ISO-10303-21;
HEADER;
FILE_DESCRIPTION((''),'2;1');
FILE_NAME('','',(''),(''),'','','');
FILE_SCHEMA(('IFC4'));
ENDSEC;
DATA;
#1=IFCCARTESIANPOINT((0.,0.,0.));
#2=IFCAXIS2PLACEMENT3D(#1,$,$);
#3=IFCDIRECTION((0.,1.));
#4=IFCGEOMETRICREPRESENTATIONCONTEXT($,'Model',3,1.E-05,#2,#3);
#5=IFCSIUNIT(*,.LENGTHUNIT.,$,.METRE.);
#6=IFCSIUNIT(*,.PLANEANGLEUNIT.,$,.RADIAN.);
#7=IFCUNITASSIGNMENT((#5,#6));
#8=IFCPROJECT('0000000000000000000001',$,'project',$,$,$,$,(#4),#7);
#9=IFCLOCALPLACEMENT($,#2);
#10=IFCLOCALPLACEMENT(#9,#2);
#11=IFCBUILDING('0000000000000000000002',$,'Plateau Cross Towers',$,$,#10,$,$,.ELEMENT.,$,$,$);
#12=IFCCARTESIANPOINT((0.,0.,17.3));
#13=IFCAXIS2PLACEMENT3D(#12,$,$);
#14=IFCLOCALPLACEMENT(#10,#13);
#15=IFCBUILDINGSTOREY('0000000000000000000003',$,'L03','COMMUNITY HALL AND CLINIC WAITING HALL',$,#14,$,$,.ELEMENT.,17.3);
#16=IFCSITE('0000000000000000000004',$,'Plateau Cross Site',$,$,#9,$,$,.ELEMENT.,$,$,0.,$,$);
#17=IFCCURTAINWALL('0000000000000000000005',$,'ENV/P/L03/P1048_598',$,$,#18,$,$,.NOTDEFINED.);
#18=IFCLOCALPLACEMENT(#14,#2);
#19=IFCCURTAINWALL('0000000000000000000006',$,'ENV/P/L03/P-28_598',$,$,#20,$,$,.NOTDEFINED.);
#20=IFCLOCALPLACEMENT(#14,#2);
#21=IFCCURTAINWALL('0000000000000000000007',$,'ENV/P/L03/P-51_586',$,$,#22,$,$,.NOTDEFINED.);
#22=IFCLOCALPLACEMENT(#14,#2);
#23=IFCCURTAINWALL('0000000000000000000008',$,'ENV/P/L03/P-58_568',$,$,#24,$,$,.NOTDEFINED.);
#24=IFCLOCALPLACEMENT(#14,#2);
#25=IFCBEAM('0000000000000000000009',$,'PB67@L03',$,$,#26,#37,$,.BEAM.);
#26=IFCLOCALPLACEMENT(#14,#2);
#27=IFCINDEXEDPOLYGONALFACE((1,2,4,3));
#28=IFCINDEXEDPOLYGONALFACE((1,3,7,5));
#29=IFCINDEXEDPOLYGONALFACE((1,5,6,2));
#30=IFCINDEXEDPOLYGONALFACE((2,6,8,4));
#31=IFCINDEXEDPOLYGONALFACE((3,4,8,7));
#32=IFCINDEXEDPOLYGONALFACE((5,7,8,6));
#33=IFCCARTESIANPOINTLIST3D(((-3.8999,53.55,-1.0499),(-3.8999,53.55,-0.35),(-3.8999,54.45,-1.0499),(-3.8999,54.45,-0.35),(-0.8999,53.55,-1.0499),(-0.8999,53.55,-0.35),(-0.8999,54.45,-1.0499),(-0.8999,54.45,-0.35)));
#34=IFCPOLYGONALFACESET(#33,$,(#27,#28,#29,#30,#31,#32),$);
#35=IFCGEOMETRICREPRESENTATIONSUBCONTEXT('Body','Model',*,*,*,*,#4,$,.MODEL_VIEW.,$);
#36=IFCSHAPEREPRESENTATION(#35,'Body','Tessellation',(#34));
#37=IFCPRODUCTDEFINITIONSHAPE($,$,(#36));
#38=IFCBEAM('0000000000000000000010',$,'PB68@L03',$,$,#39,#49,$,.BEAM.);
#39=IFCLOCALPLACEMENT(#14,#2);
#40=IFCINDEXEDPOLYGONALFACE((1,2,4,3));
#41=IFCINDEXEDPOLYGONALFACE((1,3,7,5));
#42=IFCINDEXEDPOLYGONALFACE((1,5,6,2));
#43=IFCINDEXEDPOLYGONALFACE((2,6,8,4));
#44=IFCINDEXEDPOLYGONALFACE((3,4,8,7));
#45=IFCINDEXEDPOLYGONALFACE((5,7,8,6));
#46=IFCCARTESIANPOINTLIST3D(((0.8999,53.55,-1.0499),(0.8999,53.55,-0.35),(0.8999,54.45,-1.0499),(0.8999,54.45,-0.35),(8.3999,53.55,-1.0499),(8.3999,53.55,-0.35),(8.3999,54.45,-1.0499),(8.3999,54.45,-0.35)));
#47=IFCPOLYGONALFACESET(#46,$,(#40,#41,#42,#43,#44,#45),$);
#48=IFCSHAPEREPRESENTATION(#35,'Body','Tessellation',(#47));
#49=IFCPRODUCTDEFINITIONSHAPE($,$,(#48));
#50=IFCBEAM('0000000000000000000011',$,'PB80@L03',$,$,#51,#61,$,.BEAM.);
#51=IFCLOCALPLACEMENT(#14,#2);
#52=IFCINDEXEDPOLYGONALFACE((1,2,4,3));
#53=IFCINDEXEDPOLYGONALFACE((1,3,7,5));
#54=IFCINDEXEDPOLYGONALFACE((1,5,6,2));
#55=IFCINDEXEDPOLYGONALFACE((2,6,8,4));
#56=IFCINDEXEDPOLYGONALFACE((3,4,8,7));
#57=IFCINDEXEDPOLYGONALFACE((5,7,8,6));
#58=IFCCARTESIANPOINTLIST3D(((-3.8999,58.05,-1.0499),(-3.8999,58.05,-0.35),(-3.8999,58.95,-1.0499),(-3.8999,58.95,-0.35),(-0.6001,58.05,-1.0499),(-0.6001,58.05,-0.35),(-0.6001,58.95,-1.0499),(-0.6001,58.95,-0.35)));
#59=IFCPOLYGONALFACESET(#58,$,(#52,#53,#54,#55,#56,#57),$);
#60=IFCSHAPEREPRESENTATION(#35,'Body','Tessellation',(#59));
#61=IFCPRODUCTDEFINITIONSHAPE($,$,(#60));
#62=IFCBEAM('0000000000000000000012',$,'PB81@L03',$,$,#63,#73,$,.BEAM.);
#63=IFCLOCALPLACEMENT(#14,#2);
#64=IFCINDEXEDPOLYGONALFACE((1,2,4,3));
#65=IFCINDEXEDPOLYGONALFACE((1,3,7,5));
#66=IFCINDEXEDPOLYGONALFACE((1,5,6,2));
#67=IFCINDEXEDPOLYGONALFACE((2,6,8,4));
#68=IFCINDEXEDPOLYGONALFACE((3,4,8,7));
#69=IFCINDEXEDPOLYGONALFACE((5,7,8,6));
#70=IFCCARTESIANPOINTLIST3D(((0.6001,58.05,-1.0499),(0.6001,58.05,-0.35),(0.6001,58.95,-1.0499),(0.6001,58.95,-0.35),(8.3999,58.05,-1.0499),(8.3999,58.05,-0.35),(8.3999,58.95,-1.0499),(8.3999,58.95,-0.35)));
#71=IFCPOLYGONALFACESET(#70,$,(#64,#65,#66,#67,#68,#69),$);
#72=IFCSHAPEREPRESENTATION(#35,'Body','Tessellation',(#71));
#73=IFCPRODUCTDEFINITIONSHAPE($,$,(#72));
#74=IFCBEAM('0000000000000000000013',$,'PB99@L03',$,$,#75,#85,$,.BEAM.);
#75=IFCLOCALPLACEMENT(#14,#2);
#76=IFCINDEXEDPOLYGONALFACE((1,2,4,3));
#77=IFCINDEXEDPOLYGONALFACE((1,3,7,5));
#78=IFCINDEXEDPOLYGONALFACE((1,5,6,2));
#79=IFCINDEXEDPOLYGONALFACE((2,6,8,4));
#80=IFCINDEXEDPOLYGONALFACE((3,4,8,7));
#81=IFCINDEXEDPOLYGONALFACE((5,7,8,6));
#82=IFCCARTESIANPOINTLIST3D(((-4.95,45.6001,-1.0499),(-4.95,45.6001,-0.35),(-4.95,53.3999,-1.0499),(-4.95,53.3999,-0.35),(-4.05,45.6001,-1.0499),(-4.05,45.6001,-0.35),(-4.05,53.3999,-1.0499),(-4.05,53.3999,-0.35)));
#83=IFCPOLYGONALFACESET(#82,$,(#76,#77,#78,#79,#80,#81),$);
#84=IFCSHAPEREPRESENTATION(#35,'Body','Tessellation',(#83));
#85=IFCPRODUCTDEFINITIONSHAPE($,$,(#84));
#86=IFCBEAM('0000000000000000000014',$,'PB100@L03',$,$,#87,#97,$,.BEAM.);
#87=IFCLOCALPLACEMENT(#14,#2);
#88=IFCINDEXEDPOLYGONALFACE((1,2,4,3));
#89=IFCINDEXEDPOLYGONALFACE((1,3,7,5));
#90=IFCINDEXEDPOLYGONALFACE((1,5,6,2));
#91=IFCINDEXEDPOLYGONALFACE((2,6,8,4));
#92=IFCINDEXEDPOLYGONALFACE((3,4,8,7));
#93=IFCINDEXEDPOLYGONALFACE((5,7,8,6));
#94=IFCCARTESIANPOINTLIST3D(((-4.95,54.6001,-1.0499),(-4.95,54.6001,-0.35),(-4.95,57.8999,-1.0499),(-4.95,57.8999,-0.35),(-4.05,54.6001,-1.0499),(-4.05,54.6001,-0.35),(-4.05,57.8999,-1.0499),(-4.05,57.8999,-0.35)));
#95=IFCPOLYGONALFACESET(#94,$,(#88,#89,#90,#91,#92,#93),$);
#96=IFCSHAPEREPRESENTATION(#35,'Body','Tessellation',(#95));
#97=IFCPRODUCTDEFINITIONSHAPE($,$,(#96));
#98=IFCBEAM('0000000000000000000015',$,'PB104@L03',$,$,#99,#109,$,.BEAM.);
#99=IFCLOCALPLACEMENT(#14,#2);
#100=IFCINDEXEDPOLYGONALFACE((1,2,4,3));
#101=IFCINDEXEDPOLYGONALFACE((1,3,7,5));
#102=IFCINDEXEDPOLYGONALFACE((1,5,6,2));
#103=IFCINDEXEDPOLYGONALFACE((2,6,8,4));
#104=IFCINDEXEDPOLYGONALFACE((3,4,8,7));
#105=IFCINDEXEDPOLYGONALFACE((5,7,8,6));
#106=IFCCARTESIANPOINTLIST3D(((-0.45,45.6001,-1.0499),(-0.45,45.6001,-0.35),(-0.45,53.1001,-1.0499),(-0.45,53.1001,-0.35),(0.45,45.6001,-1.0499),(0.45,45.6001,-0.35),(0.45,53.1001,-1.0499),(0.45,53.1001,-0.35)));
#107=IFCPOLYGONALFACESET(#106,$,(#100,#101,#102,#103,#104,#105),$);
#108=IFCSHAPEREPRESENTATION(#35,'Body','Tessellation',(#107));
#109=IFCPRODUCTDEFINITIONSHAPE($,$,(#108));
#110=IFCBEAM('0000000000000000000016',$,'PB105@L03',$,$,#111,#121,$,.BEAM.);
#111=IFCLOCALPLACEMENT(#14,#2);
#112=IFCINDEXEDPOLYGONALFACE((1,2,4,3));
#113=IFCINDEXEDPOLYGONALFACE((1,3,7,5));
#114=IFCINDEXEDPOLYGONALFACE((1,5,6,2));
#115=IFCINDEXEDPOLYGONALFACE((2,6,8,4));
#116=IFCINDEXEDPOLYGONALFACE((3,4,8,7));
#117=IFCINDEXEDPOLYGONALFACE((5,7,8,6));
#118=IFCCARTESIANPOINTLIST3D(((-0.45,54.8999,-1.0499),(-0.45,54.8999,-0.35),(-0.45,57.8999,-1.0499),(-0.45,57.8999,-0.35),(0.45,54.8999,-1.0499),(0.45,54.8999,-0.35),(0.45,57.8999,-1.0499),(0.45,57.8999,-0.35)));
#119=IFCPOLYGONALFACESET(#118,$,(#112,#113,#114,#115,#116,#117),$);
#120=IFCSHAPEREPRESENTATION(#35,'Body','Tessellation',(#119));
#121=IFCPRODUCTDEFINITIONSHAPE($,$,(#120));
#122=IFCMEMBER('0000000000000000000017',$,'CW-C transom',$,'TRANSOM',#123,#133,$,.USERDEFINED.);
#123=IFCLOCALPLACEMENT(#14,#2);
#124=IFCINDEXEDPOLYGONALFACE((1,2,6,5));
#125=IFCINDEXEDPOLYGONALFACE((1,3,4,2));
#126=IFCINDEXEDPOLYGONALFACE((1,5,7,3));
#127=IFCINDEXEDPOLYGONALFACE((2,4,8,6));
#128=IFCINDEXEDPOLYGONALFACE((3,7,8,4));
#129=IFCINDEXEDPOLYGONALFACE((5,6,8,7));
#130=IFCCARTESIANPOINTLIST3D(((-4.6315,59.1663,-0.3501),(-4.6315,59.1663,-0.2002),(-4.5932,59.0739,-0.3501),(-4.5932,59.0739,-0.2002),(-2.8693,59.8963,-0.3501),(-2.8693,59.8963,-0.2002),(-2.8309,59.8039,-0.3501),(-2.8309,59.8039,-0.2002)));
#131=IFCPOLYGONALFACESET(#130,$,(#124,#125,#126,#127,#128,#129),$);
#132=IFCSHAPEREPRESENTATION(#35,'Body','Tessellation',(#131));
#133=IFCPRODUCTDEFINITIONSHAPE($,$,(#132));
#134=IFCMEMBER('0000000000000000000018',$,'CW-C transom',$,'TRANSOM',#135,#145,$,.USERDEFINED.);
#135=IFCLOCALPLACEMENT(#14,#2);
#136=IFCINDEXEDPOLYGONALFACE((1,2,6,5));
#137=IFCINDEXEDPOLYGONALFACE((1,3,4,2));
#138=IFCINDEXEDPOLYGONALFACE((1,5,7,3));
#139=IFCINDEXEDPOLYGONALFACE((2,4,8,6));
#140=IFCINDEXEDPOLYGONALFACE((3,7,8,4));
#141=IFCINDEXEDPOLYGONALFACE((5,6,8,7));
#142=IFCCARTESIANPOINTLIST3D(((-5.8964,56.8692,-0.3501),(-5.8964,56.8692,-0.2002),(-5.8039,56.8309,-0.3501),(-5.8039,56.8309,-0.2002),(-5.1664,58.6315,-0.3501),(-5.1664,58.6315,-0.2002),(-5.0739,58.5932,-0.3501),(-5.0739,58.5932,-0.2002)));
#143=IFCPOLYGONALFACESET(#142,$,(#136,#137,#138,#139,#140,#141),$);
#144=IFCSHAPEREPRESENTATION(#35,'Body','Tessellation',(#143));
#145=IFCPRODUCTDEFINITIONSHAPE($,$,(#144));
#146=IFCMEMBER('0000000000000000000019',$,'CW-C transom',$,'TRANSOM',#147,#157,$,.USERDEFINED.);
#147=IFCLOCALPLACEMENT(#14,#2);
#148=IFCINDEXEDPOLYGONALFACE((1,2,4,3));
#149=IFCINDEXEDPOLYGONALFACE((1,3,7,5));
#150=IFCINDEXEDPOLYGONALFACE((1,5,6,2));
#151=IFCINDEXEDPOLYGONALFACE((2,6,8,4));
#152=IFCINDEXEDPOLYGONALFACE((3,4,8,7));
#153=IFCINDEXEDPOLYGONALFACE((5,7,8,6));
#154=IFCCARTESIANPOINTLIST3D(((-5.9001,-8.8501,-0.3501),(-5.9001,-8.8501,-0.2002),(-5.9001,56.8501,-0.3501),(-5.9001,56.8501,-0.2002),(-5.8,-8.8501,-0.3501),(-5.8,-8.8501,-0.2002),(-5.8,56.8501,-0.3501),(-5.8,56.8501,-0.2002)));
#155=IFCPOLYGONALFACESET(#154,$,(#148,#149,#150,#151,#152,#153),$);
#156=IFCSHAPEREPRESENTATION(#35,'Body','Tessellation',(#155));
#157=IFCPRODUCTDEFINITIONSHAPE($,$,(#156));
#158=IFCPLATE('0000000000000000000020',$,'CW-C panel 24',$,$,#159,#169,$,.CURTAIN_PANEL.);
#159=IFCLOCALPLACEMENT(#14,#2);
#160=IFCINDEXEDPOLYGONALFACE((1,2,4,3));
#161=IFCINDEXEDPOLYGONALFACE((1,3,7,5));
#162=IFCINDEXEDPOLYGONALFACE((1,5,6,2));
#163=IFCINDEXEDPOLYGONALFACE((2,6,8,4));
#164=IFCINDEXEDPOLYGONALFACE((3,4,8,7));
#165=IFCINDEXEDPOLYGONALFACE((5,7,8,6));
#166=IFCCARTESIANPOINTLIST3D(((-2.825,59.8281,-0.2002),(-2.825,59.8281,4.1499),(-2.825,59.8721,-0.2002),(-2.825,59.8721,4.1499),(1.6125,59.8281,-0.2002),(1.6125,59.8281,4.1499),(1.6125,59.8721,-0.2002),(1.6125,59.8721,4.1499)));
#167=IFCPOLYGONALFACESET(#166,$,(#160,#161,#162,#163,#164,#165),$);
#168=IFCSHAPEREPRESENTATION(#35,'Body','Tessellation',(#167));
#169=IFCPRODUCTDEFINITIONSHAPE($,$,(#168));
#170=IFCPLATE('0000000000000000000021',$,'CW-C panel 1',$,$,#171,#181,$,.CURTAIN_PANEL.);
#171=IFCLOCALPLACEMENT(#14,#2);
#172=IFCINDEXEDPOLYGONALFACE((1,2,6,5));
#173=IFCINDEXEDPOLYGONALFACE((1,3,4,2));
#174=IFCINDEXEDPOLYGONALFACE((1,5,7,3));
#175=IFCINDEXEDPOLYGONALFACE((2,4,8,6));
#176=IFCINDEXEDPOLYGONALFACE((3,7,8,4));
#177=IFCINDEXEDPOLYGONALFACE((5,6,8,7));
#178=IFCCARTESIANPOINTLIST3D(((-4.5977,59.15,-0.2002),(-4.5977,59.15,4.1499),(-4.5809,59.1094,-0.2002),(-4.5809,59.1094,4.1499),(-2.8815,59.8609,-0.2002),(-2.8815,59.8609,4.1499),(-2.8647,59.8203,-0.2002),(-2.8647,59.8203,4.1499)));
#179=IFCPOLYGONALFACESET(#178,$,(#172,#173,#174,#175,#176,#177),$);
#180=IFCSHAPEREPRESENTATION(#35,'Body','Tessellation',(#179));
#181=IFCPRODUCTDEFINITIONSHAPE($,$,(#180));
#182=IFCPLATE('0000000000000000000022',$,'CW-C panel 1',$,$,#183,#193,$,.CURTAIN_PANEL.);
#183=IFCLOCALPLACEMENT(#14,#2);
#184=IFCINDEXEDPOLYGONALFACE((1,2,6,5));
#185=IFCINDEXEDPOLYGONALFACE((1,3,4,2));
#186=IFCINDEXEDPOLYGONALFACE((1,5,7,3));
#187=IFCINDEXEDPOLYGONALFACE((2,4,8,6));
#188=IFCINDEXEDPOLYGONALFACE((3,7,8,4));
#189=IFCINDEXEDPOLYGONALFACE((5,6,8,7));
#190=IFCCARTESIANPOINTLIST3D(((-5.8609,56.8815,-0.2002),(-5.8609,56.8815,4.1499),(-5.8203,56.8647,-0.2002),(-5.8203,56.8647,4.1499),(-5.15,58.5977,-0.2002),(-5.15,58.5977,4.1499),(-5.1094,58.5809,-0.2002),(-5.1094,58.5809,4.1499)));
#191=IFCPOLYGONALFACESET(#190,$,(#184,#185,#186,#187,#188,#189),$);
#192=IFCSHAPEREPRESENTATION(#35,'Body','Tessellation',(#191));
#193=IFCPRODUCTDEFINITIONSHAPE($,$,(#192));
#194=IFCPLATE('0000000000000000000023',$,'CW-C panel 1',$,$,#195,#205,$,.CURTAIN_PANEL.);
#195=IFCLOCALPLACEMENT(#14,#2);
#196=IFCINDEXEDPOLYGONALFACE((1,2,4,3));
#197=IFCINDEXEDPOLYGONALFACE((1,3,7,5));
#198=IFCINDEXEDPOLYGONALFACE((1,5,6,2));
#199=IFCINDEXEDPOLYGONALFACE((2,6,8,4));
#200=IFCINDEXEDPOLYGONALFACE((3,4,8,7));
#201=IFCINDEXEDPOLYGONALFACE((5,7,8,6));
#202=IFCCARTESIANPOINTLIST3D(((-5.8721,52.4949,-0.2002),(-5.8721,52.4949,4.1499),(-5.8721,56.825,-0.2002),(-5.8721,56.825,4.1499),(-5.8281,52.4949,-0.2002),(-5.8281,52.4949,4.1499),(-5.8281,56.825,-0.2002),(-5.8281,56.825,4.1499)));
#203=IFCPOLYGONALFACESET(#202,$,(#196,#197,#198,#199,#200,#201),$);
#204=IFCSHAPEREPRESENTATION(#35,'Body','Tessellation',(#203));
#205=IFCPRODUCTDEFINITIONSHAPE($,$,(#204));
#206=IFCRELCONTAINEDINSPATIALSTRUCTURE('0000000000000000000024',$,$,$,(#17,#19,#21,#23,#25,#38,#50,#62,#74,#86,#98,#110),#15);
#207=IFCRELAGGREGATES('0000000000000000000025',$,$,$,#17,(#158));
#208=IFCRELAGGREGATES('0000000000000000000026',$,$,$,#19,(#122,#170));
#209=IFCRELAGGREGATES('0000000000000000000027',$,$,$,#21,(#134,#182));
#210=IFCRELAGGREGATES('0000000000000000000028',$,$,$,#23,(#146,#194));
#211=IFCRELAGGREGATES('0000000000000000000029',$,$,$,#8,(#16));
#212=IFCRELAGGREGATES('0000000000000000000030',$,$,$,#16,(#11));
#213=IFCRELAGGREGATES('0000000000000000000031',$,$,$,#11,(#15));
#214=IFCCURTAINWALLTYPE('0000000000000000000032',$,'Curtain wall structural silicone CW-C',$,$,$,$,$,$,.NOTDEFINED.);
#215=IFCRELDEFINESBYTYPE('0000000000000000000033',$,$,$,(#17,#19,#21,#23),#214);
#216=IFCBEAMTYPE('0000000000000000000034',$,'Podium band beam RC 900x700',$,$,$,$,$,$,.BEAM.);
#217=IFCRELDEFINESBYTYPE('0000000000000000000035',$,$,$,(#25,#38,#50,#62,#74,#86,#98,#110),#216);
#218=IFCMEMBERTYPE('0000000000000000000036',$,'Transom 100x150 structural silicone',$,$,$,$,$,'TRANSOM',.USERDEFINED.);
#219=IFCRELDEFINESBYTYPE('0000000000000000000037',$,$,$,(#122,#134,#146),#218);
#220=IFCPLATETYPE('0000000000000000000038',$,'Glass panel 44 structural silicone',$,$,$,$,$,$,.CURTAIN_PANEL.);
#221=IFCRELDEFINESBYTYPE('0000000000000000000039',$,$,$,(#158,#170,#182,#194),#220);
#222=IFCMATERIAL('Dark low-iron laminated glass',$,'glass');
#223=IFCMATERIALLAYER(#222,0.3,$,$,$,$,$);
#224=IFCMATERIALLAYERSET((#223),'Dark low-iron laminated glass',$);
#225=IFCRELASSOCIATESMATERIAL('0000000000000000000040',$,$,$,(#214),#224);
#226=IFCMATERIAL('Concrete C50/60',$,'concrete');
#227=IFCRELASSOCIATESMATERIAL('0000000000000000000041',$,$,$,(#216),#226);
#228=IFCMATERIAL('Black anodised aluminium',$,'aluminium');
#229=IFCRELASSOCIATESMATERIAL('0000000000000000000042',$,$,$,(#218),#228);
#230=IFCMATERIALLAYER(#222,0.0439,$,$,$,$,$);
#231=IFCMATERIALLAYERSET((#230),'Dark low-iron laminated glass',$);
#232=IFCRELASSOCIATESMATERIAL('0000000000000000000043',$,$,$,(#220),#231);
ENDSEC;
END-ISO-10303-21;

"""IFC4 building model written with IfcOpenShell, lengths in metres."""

from ifc_helpers import new_model, si_unit, direction, frame, origin, origin_2d, place, context, subcontext, project, spatial, rectangle, extrude, material, layer, layer_set, material_profile, profile_set, type_object, element, aggregate, save


model = new_model("IFC4")

# Units and contexts
model_context = context("Model", 3, precision=1e-05, world=origin(), true_north=direction((0.0, 1.0)))
body_context = subcontext(model_context, "Body", "Model", "MODEL_VIEW")
ifc_project = project(units=[si_unit("LENGTHUNIT", "METRE"), si_unit("PLANEANGLEUNIT", "RADIAN")], contexts=[model_context])

# Site, building, storey
site_placement = place(None, origin())
site = spatial("IfcSite", under=ifc_project, at=site_placement, Name="Plateau Cross Site", CompositionType="ELEMENT", RefElevation=0.0)
building_placement = place(site_placement, origin())
building = spatial("IfcBuilding", under=site, at=building_placement, Name="Plateau Cross Towers", CompositionType="ELEMENT")
storey_placement = place(building_placement, frame((0.0, 0.0, 17.3)))
storey = spatial("IfcBuildingStorey", under=building, at=storey_placement, Name="L03", Description="COMMUNITY HALL AND CLINIC WAITING HALL", CompositionType="ELEMENT", Elevation=17.3)

# Curtain wall
ifc_material_1 = material(Name="Dark low-iron laminated glass", Category="glass")
ifc_layer_1 = layer(ifc_material_1, 0.3)
ifc_layer_set_1 = layer_set([ifc_layer_1], Name="Dark low-iron laminated glass")
curtain_wall_type = type_object("IfcCurtainWallType", Name="Curtain wall structural silicone CW-C", PredefinedType="NOTDEFINED", material=ifc_layer_set_1)
curtain_wall_1_placement = place(storey_placement, origin())
curtain_wall_1 = element("IfcCurtainWall", 1, at=curtain_wall_1_placement, inside=storey, type_object=curtain_wall_type, Name="ENV/P/L03/P1048_598", PredefinedType="NOTDEFINED")
ifc_material_2 = material(Name="Black anodised aluminium", Category="aluminium")

# Curtain wall
curtain_wall_2_placement = place(storey_placement, origin())
curtain_wall_2 = element("IfcCurtainWall", 2, at=curtain_wall_2_placement, inside=storey, type_object=curtain_wall_type, Name="ENV/P/L03/P-28_598", PredefinedType="NOTDEFINED")

# Curtain wall
curtain_wall_3_placement = place(storey_placement, origin())
curtain_wall_3 = element("IfcCurtainWall", 3, at=curtain_wall_3_placement, inside=storey, type_object=curtain_wall_type, Name="ENV/P/L03/P-51_586", PredefinedType="NOTDEFINED")

# Curtain wall
curtain_wall_4_placement = place(storey_placement, origin())
curtain_wall_4 = element("IfcCurtainWall", 4, at=curtain_wall_4_placement, inside=storey, type_object=curtain_wall_type, Name="ENV/P/L03/P-58_568", PredefinedType="NOTDEFINED")

# Beams
ifc_material_3 = material(Name="Concrete C50/60", Category="concrete")
ifc_material_profile_1 = material_profile(ifc_material_3, rectangle(XDim=0.8999, YDim=0.7, at=origin_2d()), Name="RC 900x700")
ifc_profile_set_1 = profile_set([ifc_material_profile_1], Name="Concrete C50/60")
beam_type = type_object("IfcBeamType", Name="Podium band beam RC 900x700", PredefinedType="BEAM", material=ifc_profile_set_1)
beam_1_placement = place(storey_placement, frame((-3.8999, 54.0, -0.7), z_axis=(1.0, 0.0, 0.0), x_axis=(0.0, 1.0, 0.0)))
element("IfcBeam", 5, at=beam_1_placement, inside=storey, type_object=beam_type, Name="PB67@L03", PredefinedType="BEAM", context=body_context, shape_type="SweptSolid", body=[
    extrude(rectangle(XDim=0.8999, YDim=0.7, at=origin_2d()), origin(), (0.0, 0.0, 1.0), 3.0),
])
beam_2_placement = place(storey_placement, frame((0.8999, 54.0, -0.7), z_axis=(1.0, 0.0, 0.0), x_axis=(0.0, 1.0, 0.0)))
element("IfcBeam", 6, at=beam_2_placement, inside=storey, type_object=beam_type, Name="PB68@L03", PredefinedType="BEAM", context=body_context, shape_type="SweptSolid", body=[
    extrude(rectangle(XDim=0.8999, YDim=0.7, at=origin_2d()), origin(), (0.0, 0.0, 1.0), 7.5),
])
beam_3_placement = place(storey_placement, frame((-3.8999, 58.5, -0.7), z_axis=(1.0, 0.0, 0.0), x_axis=(0.0, 1.0, 0.0)))
element("IfcBeam", 7, at=beam_3_placement, inside=storey, type_object=beam_type, Name="PB80@L03", PredefinedType="BEAM", context=body_context, shape_type="SweptSolid", body=[
    extrude(rectangle(XDim=0.8999, YDim=0.7, at=origin_2d()), origin(), (0.0, 0.0, 1.0), 3.2998),
])
for number, where, z_axis, x_axis, name in (
    (8, (0.6001, 58.5, -0.7), (1.0, 0.0, 0.0), (0.0, 1.0, 0.0), "PB81@L03"),
    (9, (-4.5, 45.6001, -0.7), (0.0, 1.0, 0.0), (-1.0, 0.0, 0.0), "PB99@L03"),
):
    element("IfcBeam", number, at=place(storey_placement, frame(where, z_axis=z_axis, x_axis=x_axis)), inside=storey, type_object=beam_type, Name=name, PredefinedType="BEAM", context=body_context, shape_type="SweptSolid", body=[
        extrude(rectangle(XDim=0.8999, YDim=0.7, at=origin_2d()), origin(), (0.0, 0.0, 1.0), 7.7998),
    ])
beam_4_placement = place(storey_placement, frame((-4.5, 54.6001, -0.7), z_axis=(0.0, 1.0, 0.0), x_axis=(-1.0, 0.0, 0.0)))
element("IfcBeam", 10, at=beam_4_placement, inside=storey, type_object=beam_type, Name="PB100@L03", PredefinedType="BEAM", context=body_context, shape_type="SweptSolid", body=[
    extrude(rectangle(XDim=0.8999, YDim=0.7, at=origin_2d()), origin(), (0.0, 0.0, 1.0), 3.2998),
])
beam_5_placement = place(storey_placement, frame((0.0, 45.6001, -0.7), z_axis=(0.0, 1.0, 0.0), x_axis=(-1.0, 0.0, 0.0)))
element("IfcBeam", 11, at=beam_5_placement, inside=storey, type_object=beam_type, Name="PB104@L03", PredefinedType="BEAM", context=body_context, shape_type="SweptSolid", body=[
    extrude(rectangle(XDim=0.8999, YDim=0.7, at=origin_2d()), origin(), (0.0, 0.0, 1.0), 7.5),
])
beam_6_placement = place(storey_placement, frame((0.0, 54.8999, -0.7), z_axis=(0.0, 1.0, 0.0), x_axis=(-1.0, 0.0, 0.0)))
element("IfcBeam", 12, at=beam_6_placement, inside=storey, type_object=beam_type, Name="PB105@L03", PredefinedType="BEAM", context=body_context, shape_type="SweptSolid", body=[
    extrude(rectangle(XDim=0.8999, YDim=0.7, at=origin_2d()), origin(), (0.0, 0.0, 1.0), 3.0),
])

# Members
ifc_material_profile_2 = material_profile(ifc_material_2, rectangle(XDim=0.1001, YDim=0.1499, at=origin_2d()), Name="TRANSOM 100x150")
ifc_profile_set_2 = profile_set([ifc_material_profile_2], Name="Black anodised aluminium")
member_type_1 = type_object("IfcMemberType", Name="Transom 100x150 structural silicone", ElementType="TRANSOM", PredefinedType="USERDEFINED", material=ifc_profile_set_2)
member_1_placement = place(storey_placement, frame((-2.8501, 59.8501, -0.2751), z_axis=(-0.92387, -0.382706, 0.0), x_axis=(0.382706, -0.92387, 0.0)))
member_1 = element("IfcMember", 13, at=member_1_placement, type_object=member_type_1, Name="CW-C transom", ObjectType="TRANSOM", PredefinedType="USERDEFINED", context=body_context, shape_type="SweptSolid", body=[
    extrude(rectangle(XDim=0.1001, YDim=0.1499, at=origin_2d()), origin(), (0.0, 0.0, 1.0), 1.9075),
])
member_2_placement = place(storey_placement, frame((-5.1201, 58.6123, -0.2751), z_axis=(-0.382706, -0.92387, 0.0), x_axis=(0.92387, -0.382706, 0.0)))
member_2 = element("IfcMember", 14, at=member_2_placement, type_object=member_type_1, Name="CW-C transom", ObjectType="TRANSOM", PredefinedType="USERDEFINED", context=body_context, shape_type="SweptSolid", body=[
    extrude(rectangle(XDim=0.1001, YDim=0.1499, at=origin_2d()), origin(), (0.0, 0.0, 1.0), 1.9075),
])
member_3_placement = place(storey_placement, frame((-5.8501, 56.8501, -0.2751), z_axis=(0.0, -1.0, 0.0), x_axis=(1.0, 0.0, 0.0)))
member_3 = element("IfcMember", 15, at=member_3_placement, type_object=member_type_1, Name="CW-C transom", ObjectType="TRANSOM", PredefinedType="USERDEFINED", context=body_context, shape_type="SweptSolid", body=[
    extrude(rectangle(XDim=0.1001, YDim=0.1499, at=origin_2d()), origin(), (0.0, 0.0, 1.0), 65.7002),
])

# Plates
ifc_layer_2 = layer(ifc_material_1, 0.0439)
ifc_layer_set_2 = layer_set([ifc_layer_2], Name="Dark low-iron laminated glass")
plate_type = type_object("IfcPlateType", Name="Glass panel 44 structural silicone", PredefinedType="CURTAIN_PANEL", material=ifc_layer_set_2)
plate_1_placement = place(storey_placement, frame((-0.6062, 59.8501, -0.2002), z_axis=(0.0, 0.0, 1.0), x_axis=(-1.0, 0.0, 0.0)))
plate_1 = element("IfcPlate", 16, at=plate_1_placement, type_object=plate_type, Name="CW-C panel 24", PredefinedType="CURTAIN_PANEL", context=body_context, shape_type="SweptSolid", body=[
    extrude(rectangle(XDim=4.4375, YDim=0.0439, at=origin_2d()), origin(), (0.0, 0.0, 1.0), 4.3501),
])
aggregate(curtain_wall_1, [plate_1])
plate_2_placement = place(storey_placement, frame((-3.7312, 59.4851, -0.2002), z_axis=(0.0, 0.0, 1.0), x_axis=(-0.923879, -0.382684, 0.0)))
plate_2 = element("IfcPlate", 17, at=plate_2_placement, type_object=plate_type, Name="CW-C panel 1", PredefinedType="CURTAIN_PANEL", context=body_context, shape_type="SweptSolid", body=[
    extrude(rectangle(XDim=1.8577, YDim=0.0439, at=origin_2d()), origin(), (0.0, 0.0, 1.0), 4.3501),
])
aggregate(curtain_wall_2, [member_1, plate_2])
plate_3_placement = place(storey_placement, frame((-5.4851, 57.7312, -0.2002), z_axis=(0.0, 0.0, 1.0), x_axis=(-0.382684, -0.923879, 0.0)))
plate_3 = element("IfcPlate", 18, at=plate_3_placement, type_object=plate_type, Name="CW-C panel 1", PredefinedType="CURTAIN_PANEL", context=body_context, shape_type="SweptSolid", body=[
    extrude(rectangle(XDim=1.8577, YDim=0.0439, at=origin_2d()), origin(), (0.0, 0.0, 1.0), 4.3501),
])
aggregate(curtain_wall_3, [member_2, plate_3])
plate_4_placement = place(storey_placement, frame((-5.8501, 54.6599, -0.2002), z_axis=(0.0, 0.0, 1.0), x_axis=(0.0, -1.0, 0.0)))
plate_4 = element("IfcPlate", 19, at=plate_4_placement, type_object=plate_type, Name="CW-C panel 1", PredefinedType="CURTAIN_PANEL", context=body_context, shape_type="SweptSolid", body=[
    extrude(rectangle(XDim=4.3301, YDim=0.0439, at=origin_2d()), origin(), (0.0, 0.0, 1.0), 4.3501),
])
aggregate(curtain_wall_4, [member_3, plate_4])

save(model, "model.ifc")
